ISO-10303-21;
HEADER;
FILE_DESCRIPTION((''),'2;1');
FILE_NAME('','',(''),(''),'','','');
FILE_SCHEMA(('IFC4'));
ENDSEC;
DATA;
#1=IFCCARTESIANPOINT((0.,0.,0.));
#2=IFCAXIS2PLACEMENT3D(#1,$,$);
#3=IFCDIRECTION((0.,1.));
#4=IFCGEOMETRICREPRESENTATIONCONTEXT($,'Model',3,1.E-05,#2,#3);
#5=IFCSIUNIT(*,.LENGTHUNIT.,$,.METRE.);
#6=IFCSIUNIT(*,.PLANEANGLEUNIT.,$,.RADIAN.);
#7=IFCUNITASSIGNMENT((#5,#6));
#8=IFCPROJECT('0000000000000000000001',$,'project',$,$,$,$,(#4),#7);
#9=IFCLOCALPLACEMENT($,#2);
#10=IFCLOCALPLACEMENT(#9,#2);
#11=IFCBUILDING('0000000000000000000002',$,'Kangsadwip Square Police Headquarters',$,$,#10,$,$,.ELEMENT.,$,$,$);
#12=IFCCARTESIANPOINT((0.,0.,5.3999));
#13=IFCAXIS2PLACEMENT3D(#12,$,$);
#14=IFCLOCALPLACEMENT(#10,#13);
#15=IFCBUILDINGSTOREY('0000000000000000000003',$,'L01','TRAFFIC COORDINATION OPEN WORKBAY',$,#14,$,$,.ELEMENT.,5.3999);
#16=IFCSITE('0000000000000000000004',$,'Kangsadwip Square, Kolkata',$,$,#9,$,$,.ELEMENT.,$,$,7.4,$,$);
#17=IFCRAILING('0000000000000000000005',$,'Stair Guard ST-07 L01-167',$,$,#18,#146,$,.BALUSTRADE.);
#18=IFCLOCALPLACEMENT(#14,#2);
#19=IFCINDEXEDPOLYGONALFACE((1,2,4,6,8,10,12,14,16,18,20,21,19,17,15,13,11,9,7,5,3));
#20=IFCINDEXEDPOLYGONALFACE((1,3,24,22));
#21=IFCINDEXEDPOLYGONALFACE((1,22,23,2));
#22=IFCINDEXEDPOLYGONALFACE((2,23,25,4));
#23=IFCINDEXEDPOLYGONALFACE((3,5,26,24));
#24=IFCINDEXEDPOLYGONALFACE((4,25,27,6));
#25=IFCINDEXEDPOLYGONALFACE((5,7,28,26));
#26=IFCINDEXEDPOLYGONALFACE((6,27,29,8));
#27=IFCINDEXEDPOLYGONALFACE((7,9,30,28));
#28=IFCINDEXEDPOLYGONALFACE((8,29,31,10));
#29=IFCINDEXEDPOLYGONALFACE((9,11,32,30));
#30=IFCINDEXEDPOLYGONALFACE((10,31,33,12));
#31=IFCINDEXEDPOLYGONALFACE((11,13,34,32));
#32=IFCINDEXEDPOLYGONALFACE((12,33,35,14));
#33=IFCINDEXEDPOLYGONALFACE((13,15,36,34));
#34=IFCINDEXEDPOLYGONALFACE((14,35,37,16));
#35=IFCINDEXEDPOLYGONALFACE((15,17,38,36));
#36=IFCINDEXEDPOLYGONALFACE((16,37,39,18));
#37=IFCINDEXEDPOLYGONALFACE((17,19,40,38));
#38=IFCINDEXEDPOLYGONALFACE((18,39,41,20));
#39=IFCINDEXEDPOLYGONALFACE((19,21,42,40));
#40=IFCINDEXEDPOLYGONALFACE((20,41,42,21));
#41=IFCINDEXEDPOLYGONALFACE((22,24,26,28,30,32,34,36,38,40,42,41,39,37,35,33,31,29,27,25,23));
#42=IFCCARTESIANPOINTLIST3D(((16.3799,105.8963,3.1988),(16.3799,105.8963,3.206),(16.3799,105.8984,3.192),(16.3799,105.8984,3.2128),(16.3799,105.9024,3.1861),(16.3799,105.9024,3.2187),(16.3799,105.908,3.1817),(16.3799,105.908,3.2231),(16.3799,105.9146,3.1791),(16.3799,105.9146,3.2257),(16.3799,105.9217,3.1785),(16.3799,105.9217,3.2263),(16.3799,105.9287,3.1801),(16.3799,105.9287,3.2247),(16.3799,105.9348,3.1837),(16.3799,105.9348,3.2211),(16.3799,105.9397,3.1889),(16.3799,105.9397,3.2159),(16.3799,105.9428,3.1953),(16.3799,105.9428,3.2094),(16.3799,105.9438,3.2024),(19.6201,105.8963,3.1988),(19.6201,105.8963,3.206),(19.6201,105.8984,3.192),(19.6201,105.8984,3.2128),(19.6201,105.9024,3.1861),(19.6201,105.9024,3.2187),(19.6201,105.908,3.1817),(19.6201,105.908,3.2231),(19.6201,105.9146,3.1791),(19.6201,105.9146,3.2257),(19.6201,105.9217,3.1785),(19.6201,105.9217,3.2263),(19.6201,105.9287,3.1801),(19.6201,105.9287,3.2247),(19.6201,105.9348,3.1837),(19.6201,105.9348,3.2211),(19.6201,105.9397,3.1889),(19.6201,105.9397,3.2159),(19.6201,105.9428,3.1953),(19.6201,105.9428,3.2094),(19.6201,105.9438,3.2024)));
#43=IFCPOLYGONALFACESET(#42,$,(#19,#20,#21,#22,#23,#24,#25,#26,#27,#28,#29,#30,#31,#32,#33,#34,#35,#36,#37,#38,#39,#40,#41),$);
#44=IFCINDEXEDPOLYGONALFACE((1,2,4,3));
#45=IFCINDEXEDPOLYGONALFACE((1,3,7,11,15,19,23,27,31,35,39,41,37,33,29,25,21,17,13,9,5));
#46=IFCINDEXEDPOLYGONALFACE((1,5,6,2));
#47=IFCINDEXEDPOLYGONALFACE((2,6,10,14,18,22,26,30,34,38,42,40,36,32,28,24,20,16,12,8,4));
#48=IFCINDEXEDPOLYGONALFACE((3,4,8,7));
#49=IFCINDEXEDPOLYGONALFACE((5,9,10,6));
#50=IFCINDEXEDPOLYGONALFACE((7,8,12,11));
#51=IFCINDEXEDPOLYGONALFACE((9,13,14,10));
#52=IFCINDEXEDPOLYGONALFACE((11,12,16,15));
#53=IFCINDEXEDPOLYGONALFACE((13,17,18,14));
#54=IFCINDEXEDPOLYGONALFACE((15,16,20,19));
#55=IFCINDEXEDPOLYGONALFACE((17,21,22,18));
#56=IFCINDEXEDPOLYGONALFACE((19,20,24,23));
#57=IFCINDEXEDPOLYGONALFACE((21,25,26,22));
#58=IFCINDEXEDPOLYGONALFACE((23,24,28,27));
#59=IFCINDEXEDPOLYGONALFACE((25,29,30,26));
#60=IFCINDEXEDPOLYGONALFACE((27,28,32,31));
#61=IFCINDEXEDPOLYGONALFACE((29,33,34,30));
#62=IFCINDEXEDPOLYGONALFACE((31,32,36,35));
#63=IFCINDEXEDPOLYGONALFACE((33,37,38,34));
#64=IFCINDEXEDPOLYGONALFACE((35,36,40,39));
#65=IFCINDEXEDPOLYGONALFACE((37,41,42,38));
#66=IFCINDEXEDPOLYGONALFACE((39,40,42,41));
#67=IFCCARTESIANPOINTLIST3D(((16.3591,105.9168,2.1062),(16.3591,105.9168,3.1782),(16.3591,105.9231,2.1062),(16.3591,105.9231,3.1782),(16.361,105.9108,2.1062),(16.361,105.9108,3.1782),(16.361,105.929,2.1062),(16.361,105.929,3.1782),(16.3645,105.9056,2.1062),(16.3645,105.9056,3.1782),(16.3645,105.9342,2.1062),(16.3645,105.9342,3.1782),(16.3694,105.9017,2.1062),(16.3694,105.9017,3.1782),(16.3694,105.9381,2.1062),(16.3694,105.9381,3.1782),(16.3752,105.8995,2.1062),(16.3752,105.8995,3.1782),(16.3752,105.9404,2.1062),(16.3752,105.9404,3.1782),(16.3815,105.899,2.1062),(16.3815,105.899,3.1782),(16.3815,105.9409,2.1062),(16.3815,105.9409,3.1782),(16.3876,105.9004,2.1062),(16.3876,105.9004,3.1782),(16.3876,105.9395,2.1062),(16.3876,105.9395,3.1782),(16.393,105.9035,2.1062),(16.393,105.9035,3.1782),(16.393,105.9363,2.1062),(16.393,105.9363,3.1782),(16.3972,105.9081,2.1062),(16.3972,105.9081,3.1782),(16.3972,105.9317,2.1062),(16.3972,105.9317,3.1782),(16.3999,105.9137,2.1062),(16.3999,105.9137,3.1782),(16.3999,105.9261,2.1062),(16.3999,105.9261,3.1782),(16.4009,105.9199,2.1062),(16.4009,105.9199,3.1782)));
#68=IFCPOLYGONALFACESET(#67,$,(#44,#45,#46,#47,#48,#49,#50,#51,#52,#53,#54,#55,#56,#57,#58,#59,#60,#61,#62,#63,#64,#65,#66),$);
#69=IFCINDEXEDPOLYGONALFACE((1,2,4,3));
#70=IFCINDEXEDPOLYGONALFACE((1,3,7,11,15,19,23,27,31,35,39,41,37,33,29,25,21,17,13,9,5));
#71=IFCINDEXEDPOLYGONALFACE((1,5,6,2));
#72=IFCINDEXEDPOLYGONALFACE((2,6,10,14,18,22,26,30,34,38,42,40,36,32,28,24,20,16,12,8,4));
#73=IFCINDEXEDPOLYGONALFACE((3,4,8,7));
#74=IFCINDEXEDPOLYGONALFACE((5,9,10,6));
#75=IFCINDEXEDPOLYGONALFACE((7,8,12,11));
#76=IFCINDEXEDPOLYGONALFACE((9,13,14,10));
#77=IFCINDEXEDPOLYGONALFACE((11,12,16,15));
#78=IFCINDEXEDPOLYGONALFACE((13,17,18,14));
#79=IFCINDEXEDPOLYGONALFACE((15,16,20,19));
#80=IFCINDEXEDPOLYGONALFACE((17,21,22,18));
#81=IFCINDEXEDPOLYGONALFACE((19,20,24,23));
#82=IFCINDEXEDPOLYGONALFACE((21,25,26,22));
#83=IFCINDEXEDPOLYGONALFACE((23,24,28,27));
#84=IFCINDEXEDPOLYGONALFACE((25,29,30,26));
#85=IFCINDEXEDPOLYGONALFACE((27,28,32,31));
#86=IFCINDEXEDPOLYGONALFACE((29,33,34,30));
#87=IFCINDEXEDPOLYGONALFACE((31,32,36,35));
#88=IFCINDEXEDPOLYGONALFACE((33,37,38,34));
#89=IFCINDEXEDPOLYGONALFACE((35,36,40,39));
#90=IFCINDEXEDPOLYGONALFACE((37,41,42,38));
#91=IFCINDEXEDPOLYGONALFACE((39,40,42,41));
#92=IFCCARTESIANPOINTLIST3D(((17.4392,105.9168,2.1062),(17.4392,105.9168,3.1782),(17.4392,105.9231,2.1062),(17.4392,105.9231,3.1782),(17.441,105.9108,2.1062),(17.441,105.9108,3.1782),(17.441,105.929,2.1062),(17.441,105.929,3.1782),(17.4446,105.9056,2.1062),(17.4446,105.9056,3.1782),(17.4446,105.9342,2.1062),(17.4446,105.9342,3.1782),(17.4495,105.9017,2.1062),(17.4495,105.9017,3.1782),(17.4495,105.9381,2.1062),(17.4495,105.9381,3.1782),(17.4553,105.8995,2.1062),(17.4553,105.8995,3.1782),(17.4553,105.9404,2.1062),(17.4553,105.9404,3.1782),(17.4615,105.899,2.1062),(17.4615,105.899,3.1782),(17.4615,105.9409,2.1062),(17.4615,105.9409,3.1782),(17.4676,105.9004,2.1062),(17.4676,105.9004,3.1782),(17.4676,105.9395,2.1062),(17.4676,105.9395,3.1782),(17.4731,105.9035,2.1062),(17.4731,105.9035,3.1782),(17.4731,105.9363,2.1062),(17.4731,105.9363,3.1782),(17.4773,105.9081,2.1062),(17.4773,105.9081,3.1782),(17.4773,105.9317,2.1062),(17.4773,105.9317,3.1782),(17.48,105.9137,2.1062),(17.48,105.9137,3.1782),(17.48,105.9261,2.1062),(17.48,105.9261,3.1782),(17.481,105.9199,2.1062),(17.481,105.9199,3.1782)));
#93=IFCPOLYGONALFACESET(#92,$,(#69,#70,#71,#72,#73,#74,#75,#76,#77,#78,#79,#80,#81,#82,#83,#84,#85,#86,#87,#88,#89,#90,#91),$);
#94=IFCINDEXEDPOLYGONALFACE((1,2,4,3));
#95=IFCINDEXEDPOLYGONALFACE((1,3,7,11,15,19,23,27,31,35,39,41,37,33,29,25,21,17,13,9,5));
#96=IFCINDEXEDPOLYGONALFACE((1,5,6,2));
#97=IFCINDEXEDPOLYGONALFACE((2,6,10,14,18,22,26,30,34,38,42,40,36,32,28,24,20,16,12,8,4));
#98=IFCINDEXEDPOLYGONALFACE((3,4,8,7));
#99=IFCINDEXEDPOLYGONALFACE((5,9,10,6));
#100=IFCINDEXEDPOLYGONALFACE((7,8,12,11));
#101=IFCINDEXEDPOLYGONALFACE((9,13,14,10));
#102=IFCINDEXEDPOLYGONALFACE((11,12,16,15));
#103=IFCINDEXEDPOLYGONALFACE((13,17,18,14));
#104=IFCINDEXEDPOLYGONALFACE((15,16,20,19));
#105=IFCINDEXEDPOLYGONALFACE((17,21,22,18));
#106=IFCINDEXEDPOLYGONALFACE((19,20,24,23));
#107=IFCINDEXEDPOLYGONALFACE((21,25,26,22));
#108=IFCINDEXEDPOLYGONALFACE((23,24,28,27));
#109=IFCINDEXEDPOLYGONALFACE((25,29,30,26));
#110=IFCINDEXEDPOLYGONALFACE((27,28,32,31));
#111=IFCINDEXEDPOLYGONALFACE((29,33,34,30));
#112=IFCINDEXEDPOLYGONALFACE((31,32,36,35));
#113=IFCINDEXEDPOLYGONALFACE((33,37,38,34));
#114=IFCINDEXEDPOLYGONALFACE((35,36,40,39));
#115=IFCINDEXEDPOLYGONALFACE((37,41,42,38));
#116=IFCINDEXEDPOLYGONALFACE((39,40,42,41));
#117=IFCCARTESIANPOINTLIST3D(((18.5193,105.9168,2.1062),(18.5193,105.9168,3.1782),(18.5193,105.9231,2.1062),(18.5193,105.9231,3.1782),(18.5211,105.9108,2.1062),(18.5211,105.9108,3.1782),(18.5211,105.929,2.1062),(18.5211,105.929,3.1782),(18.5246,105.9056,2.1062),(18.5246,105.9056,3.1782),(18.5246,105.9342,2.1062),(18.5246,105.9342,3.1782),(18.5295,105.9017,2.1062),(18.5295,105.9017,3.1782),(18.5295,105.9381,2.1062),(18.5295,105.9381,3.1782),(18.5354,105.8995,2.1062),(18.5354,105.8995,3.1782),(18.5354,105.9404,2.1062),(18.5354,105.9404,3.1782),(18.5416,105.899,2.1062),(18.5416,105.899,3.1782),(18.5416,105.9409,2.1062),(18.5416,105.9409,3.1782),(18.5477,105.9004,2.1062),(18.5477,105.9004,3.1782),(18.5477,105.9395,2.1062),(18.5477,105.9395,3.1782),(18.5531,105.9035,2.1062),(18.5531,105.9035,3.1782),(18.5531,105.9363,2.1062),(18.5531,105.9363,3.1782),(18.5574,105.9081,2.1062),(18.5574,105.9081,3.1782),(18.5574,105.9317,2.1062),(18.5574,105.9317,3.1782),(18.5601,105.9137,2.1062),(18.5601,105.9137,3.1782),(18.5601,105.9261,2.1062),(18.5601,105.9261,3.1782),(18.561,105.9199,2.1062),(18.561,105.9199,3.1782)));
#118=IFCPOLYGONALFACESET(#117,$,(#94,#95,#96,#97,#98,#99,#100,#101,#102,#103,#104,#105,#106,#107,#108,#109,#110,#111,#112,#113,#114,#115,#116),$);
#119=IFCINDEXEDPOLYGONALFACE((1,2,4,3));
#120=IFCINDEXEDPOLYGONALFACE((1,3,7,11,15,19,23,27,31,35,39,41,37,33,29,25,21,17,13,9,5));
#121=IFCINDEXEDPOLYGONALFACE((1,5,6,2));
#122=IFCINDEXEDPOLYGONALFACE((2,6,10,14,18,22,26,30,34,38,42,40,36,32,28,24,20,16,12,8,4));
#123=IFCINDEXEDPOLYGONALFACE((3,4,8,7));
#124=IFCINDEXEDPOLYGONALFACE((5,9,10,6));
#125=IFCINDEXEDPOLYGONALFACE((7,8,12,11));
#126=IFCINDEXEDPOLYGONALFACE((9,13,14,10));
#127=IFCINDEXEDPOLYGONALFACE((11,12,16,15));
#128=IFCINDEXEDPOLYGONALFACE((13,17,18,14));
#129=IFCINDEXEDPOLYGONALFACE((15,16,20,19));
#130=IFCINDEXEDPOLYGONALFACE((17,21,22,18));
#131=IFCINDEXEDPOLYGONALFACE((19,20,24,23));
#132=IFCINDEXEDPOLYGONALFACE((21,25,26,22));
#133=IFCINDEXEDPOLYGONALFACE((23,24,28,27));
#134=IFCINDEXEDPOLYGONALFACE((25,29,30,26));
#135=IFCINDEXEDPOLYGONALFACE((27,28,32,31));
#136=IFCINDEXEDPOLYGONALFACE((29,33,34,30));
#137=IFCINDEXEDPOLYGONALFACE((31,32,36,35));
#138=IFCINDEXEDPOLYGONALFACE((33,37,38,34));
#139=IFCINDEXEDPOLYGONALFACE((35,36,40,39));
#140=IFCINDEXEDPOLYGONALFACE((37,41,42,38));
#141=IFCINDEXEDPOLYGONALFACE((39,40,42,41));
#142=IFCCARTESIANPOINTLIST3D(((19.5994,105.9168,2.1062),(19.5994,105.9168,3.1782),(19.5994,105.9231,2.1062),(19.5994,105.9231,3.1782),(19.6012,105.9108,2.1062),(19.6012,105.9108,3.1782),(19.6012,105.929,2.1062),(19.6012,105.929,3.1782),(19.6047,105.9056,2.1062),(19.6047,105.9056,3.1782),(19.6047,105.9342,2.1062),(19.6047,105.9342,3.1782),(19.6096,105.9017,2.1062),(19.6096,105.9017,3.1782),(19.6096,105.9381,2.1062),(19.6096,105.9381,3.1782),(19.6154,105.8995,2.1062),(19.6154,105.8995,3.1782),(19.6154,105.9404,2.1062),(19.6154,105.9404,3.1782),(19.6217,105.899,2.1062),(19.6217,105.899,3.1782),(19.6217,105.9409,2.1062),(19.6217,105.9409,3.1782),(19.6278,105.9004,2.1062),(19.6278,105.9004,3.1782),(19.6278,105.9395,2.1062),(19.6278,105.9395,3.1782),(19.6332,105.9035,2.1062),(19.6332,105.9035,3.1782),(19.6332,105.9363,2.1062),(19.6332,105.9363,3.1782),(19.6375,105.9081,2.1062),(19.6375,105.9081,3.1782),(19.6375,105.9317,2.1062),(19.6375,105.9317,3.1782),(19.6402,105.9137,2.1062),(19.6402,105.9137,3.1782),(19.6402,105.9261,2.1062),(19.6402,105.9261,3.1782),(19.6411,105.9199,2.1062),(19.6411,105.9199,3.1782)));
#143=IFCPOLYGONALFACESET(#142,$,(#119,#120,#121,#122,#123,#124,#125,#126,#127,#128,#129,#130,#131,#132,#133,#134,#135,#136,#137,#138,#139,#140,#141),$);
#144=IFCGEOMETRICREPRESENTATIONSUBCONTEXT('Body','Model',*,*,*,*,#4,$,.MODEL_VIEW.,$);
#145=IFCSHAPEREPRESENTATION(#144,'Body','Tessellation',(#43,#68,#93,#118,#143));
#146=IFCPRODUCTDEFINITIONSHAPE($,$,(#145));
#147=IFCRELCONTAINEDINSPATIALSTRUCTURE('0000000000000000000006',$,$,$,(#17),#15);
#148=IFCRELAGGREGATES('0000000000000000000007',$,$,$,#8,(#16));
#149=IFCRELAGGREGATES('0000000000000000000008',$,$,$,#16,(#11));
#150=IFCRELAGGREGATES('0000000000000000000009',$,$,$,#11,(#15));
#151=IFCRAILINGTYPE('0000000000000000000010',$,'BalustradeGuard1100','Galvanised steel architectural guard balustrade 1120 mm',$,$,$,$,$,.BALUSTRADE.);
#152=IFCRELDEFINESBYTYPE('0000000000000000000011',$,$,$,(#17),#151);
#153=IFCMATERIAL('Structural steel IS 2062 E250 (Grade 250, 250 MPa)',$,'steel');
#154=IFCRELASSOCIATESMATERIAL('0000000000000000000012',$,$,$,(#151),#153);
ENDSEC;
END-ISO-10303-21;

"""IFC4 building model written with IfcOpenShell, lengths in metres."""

from ifc_helpers import new_model, si_unit, direction, frame, origin, origin_2d, place, context, subcontext, project, spatial, circle, extrude, material, type_object, element, save


model = new_model("IFC4")

# Units and contexts
model_context = context("Model", 3, precision=1e-05, world=origin(), true_north=direction((0.0, 1.0)))
body_context = subcontext(model_context, "Body", "Model", "MODEL_VIEW")
ifc_project = project(units=[si_unit("LENGTHUNIT", "METRE"), si_unit("PLANEANGLEUNIT", "RADIAN")], contexts=[model_context])

# Site, building, storey
site_placement = place(None, origin())
site = spatial("IfcSite", under=ifc_project, at=site_placement, Name="Kangsadwip Square, Kolkata", CompositionType="ELEMENT", RefElevation=7.4)
building_placement = place(site_placement, origin())
building = spatial("IfcBuilding", under=site, at=building_placement, Name="Kangsadwip Square Police Headquarters", CompositionType="ELEMENT")
storey_placement = place(building_placement, frame((0.0, 0.0, 5.3999)))
storey = spatial("IfcBuildingStorey", under=building, at=storey_placement, Name="L01", Description="TRAFFIC COORDINATION OPEN WORKBAY", CompositionType="ELEMENT", Elevation=5.3999)

# Railing
ifc_material_1 = material(Name="Structural steel IS 2062 E250 (Grade 250, 250 MPa)", Category="steel")
railing_type_1 = type_object("IfcRailingType", Name="BalustradeGuard1100", Description="Galvanised steel architectural guard balustrade 1120 mm", PredefinedType="BALUSTRADE", material=ifc_material_1)
for number, where, name in (
    (1, (16.3799, 105.9199, 2.1062), "Stair Guard ST-07 L01-167"),
):
    element("IfcRailing", number, at=place(storey_placement, frame(where)), inside=storey, type_object=railing_type_1, Name=name, PredefinedType="BALUSTRADE", context=body_context, shape_type="SweptSolid", body=[
        extrude(circle(Radius=0.0239, at=origin_2d()), frame((0.0, 0.0, 1.0962), z_axis=(1.0, 0.0, 0.0), x_axis=(0.0, 1.0, 0.0)), (0.0, 0.0, 1.0), 3.2402),
        extrude(circle(Radius=0.021, at=origin_2d()), origin(), (0.0, 0.0, 1.0), 1.072),
        extrude(circle(Radius=0.021, at=origin_2d()), frame((1.0801, 0.0, 0.0)), (0.0, 0.0, 1.0), 1.072),
        extrude(circle(Radius=0.021, at=origin_2d()), frame((2.1602, 0.0, 0.0)), (0.0, 0.0, 1.0), 1.072),
        extrude(circle(Radius=0.021, at=origin_2d()), frame((3.2402, 0.0, 0.0)), (0.0, 0.0, 1.0), 1.072),
    ])

save(model, "model.ifc")
